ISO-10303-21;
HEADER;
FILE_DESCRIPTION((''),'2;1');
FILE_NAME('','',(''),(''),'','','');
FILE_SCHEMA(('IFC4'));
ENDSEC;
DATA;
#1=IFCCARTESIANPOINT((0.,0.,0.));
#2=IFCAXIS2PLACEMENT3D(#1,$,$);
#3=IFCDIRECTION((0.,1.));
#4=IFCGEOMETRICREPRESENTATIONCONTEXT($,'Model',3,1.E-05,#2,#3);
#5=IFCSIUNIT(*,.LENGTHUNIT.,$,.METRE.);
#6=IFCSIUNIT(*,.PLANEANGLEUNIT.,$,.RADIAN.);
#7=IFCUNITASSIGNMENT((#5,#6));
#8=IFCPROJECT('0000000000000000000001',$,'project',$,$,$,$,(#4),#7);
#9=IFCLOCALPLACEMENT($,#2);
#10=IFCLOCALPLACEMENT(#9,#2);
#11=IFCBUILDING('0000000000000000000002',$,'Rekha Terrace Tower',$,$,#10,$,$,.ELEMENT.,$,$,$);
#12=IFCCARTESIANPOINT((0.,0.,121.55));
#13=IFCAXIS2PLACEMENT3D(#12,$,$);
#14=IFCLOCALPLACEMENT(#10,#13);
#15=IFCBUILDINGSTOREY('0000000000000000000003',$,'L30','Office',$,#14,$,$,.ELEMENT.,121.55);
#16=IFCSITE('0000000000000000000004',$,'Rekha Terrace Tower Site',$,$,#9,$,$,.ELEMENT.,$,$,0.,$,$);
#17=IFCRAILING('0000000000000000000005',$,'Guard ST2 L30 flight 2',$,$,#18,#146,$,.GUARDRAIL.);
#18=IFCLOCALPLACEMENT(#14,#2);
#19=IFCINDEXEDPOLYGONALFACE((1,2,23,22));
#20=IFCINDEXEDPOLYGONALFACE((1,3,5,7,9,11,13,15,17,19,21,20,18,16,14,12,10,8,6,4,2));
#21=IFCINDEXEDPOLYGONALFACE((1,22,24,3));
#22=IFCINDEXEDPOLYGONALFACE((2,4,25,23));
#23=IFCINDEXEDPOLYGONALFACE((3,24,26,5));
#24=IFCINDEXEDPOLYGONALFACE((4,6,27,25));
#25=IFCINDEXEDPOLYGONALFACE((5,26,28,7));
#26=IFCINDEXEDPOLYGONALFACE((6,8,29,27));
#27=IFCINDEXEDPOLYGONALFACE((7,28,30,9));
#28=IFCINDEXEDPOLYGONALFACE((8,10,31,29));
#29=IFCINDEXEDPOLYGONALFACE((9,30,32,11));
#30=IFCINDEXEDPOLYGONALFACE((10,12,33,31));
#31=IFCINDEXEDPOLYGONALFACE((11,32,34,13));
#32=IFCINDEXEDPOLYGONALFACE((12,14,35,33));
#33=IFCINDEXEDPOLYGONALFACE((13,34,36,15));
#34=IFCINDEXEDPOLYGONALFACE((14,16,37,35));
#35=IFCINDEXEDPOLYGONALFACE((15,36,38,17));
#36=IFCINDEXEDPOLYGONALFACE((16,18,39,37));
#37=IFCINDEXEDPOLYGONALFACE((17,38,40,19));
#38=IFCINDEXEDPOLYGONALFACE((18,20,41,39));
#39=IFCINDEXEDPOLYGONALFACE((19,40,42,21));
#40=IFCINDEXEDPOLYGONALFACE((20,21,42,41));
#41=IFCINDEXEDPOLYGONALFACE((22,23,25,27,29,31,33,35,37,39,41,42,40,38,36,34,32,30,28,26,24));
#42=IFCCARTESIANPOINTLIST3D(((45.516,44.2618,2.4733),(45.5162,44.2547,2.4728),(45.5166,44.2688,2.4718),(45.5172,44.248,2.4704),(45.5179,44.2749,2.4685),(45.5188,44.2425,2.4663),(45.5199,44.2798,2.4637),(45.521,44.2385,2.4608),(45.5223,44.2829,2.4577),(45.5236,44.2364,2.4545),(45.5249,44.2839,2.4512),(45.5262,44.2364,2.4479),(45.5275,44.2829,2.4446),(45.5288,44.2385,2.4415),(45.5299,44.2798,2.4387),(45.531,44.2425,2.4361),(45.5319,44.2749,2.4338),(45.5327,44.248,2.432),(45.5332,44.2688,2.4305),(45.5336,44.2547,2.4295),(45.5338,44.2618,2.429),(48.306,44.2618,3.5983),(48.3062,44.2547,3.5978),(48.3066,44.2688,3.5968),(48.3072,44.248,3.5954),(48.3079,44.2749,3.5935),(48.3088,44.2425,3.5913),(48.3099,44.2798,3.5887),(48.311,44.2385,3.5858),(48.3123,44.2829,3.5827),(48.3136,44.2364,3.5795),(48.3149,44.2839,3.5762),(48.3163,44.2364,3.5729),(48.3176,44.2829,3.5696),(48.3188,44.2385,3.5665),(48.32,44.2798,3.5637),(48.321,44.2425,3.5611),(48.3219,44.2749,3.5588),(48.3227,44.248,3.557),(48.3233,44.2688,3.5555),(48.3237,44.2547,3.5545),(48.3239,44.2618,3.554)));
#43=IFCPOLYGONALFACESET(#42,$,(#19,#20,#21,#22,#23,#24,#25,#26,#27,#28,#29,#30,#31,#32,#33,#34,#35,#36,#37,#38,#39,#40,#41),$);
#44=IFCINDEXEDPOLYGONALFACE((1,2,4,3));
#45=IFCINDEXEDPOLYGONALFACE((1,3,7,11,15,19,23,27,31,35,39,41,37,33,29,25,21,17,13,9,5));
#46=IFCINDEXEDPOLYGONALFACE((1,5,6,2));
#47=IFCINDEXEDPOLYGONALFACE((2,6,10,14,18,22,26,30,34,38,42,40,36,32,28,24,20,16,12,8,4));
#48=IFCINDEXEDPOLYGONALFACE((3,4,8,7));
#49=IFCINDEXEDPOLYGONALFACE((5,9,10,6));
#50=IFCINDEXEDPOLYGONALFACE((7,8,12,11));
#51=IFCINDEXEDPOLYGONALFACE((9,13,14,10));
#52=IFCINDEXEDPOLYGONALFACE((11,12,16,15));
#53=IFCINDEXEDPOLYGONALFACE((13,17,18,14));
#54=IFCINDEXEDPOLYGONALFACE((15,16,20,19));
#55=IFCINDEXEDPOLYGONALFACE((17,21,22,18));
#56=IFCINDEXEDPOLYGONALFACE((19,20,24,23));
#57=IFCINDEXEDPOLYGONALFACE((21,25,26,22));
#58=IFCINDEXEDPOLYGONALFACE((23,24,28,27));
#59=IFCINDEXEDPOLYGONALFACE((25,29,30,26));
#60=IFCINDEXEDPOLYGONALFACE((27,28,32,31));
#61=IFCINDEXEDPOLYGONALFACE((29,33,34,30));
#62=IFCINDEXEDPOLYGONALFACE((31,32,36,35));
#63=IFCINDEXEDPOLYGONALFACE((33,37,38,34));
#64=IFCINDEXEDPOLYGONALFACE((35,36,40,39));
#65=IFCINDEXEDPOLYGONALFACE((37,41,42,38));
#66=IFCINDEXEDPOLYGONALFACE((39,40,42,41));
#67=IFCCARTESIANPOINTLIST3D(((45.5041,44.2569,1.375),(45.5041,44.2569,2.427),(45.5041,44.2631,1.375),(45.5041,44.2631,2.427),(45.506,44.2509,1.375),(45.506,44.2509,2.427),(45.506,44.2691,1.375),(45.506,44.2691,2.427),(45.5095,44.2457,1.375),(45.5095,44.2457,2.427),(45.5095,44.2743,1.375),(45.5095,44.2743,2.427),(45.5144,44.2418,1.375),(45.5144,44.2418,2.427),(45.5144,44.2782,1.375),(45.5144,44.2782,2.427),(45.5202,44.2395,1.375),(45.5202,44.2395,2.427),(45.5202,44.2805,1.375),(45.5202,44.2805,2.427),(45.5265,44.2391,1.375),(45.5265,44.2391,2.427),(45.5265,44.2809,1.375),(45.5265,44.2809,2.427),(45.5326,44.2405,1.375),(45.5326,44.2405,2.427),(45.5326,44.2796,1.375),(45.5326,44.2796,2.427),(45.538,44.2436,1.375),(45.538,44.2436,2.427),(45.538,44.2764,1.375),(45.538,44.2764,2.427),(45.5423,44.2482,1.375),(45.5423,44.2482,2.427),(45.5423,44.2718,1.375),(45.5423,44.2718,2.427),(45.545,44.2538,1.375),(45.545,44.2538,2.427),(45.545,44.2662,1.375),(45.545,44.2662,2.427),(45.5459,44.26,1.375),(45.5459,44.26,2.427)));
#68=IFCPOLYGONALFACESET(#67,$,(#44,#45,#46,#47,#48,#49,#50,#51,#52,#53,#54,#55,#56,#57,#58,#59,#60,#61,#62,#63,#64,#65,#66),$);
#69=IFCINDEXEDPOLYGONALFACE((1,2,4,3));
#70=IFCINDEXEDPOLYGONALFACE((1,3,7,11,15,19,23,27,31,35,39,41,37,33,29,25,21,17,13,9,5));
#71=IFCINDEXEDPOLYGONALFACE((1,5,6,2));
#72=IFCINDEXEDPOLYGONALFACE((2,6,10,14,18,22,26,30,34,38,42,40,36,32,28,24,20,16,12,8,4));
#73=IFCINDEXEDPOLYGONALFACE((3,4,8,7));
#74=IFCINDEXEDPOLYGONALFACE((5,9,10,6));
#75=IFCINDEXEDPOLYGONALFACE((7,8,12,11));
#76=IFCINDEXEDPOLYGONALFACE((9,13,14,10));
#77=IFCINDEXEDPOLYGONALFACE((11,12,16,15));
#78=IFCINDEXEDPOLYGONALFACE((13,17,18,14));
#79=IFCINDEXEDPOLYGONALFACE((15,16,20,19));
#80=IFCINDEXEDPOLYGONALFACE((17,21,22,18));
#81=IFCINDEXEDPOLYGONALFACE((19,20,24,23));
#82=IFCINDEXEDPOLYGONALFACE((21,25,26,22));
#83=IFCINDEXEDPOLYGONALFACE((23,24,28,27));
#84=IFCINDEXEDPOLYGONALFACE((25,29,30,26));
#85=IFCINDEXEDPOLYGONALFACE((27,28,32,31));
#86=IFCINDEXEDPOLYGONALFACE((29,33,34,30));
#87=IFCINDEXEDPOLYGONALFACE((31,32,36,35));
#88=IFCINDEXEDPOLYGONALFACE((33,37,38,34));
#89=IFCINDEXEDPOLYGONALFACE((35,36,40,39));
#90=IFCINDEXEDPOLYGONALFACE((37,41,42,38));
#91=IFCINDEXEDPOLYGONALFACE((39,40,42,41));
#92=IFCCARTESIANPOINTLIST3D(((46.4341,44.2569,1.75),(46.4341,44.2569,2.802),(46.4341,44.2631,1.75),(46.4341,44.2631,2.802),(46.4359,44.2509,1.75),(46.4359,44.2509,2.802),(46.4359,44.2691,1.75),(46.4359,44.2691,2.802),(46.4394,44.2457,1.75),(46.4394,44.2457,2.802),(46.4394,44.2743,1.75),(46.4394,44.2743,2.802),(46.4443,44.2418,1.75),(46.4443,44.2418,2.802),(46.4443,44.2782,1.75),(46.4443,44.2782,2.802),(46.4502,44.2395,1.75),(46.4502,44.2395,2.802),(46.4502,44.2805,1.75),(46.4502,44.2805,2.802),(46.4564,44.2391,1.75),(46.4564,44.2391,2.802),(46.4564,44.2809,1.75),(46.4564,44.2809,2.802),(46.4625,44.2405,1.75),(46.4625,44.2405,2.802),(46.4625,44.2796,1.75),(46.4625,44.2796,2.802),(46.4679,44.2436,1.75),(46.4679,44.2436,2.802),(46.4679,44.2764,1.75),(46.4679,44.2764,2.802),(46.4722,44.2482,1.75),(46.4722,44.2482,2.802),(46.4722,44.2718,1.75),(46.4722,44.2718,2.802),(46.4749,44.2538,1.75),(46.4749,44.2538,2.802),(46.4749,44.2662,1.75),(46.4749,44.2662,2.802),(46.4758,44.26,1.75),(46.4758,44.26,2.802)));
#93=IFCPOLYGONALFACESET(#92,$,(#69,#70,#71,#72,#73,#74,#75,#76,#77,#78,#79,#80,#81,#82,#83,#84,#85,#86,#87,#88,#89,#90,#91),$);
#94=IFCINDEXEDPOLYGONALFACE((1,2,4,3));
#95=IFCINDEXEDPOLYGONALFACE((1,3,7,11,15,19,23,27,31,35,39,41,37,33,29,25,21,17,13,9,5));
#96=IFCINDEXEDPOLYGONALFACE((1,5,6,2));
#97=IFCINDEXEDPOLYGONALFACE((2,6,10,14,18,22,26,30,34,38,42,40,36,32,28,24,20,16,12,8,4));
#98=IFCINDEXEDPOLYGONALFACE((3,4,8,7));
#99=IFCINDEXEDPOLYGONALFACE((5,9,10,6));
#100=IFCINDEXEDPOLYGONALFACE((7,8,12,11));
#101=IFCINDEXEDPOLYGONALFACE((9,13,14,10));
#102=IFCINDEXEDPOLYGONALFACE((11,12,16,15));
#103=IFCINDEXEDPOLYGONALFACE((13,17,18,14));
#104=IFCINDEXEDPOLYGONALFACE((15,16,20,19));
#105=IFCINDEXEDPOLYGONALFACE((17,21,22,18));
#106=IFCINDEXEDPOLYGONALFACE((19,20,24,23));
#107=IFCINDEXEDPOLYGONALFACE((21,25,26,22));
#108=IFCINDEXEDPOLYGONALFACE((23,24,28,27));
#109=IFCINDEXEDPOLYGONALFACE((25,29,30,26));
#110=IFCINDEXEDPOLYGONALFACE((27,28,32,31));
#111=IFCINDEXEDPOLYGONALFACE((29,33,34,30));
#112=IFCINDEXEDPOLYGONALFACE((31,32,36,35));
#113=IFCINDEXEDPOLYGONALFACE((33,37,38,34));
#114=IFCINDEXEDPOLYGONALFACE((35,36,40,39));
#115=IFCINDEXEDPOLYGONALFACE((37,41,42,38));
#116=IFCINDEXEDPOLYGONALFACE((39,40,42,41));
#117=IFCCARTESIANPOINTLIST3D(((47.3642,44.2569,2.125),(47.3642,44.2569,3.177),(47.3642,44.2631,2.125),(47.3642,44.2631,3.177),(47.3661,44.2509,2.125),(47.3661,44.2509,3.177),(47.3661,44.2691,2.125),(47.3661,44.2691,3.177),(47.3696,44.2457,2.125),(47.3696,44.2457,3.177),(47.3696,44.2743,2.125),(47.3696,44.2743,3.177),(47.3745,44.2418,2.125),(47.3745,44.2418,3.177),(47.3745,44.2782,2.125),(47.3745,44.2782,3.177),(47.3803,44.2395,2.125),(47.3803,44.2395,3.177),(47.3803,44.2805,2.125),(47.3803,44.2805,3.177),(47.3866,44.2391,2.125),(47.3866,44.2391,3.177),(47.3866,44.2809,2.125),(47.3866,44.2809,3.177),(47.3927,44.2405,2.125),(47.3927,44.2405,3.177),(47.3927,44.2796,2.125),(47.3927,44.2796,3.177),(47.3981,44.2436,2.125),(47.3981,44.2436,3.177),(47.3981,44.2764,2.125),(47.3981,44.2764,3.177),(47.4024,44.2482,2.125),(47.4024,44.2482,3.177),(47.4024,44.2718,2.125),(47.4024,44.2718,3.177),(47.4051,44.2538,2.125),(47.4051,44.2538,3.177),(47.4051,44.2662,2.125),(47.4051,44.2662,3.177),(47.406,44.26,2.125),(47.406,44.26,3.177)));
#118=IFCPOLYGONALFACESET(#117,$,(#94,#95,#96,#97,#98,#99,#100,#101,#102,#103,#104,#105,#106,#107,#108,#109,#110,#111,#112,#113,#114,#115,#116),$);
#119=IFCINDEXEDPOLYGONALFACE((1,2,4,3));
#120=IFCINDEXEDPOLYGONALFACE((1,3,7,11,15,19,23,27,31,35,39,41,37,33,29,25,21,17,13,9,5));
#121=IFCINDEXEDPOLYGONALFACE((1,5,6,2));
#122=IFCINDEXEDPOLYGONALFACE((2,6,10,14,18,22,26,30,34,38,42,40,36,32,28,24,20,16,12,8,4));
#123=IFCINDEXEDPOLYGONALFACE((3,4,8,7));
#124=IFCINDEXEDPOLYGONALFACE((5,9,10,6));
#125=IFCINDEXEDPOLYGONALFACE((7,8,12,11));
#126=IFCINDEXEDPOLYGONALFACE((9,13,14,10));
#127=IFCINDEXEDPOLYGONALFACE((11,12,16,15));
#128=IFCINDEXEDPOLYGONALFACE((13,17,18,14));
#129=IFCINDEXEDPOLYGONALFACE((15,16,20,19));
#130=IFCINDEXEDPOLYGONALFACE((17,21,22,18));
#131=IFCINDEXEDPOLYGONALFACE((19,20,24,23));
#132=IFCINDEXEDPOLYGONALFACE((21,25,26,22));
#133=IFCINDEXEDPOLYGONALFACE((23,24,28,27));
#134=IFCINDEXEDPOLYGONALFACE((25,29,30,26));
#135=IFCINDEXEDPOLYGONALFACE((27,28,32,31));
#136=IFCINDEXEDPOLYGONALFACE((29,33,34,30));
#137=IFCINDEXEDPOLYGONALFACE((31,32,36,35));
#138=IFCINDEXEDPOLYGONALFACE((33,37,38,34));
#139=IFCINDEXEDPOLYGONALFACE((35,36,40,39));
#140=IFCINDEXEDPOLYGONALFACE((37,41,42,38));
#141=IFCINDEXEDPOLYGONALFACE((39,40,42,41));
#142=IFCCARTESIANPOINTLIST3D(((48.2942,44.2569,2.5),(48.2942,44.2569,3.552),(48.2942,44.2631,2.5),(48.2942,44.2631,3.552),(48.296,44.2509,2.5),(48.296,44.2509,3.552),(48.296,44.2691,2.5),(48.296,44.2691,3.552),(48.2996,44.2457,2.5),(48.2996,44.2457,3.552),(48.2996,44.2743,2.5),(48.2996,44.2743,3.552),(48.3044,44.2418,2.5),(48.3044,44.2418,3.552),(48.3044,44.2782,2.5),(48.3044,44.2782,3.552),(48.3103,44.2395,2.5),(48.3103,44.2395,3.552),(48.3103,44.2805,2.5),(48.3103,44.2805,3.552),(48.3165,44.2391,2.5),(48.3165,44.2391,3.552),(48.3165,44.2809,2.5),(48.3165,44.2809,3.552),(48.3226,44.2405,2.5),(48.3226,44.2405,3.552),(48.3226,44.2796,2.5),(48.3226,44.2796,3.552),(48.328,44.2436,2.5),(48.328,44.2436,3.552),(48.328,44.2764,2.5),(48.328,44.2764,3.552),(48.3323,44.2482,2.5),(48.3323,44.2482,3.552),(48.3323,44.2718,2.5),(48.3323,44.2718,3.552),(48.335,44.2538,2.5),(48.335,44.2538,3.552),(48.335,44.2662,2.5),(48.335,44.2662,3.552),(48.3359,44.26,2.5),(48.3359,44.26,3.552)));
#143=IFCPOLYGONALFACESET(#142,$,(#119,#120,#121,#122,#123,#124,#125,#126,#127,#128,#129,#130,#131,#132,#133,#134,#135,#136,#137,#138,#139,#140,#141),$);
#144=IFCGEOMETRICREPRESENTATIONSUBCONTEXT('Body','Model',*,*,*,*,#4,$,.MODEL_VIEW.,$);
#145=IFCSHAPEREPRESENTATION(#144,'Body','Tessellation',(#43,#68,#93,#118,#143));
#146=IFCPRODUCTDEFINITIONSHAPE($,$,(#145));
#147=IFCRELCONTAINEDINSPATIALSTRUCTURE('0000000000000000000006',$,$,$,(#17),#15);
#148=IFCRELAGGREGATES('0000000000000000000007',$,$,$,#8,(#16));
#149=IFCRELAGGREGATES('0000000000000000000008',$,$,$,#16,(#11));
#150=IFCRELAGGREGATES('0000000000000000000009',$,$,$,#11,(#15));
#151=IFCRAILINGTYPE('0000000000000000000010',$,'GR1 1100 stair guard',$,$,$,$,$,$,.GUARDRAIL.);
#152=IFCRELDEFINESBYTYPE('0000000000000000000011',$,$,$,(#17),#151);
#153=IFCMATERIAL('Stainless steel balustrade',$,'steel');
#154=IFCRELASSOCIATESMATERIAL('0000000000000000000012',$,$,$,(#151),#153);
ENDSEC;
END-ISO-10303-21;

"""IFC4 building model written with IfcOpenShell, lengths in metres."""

from ifc_helpers import new_model, si_unit, direction, frame, origin, origin_2d, place, context, subcontext, project, spatial, circle, extrude, material, type_object, element, save


model = new_model("IFC4")

# Units and contexts
model_context = context("Model", 3, precision=1e-05, world=origin(), true_north=direction((0.0, 1.0)))
body_context = subcontext(model_context, "Body", "Model", "MODEL_VIEW")
ifc_project = project(units=[si_unit("LENGTHUNIT", "METRE"), si_unit("PLANEANGLEUNIT", "RADIAN")], contexts=[model_context])

# Site, building, storey
site_placement = place(None, origin())
site = spatial("IfcSite", under=ifc_project, at=site_placement, Name="Rekha Terrace Tower Site", CompositionType="ELEMENT", RefElevation=0.0)
building_placement = place(site_placement, origin())
building = spatial("IfcBuilding", under=site, at=building_placement, Name="Rekha Terrace Tower", CompositionType="ELEMENT")
storey_placement = place(building_placement, frame((0.0, 0.0, 121.55)))
storey = spatial("IfcBuildingStorey", under=building, at=storey_placement, Name="L30", Description="Office", CompositionType="ELEMENT", Elevation=121.55)

# Railing
ifc_material_1 = material(Name="Stainless steel balustrade", Category="steel")
railing_type_1 = type_object("IfcRailingType", Name="GR1 1100 stair guard", PredefinedType="GUARDRAIL", material=ifc_material_1)
railing_1_placement = place(storey_placement, frame((45.5249, 44.26, 1.375)))
element("IfcRailing", 1, at=railing_1_placement, inside=storey, type_object=railing_type_1, Name="Guard ST2 L30 flight 2", PredefinedType="GUARDRAIL", context=body_context, shape_type="SweptSolid", body=[
    extrude(circle(Radius=0.0239, at=origin_2d()), frame((0.0, 0.0, 1.0762), z_axis=(0.927443, 0.0, 0.373964), x_axis=(0.0, 1.0, 0.0)), (0.0, 0.0, 1.0), 3.0083),
    extrude(circle(Radius=0.021, at=origin_2d()), origin(), (0.0, 0.0, 1.0), 1.052),
    extrude(circle(Radius=0.021, at=origin_2d()), frame((0.9299, 0.0, 0.375)), (0.0, 0.0, 1.0), 1.052),
    extrude(circle(Radius=0.021, at=origin_2d()), frame((1.8601, 0.0, 0.75)), (0.0, 0.0, 1.0), 1.052),
    extrude(circle(Radius=0.021, at=origin_2d()), frame((2.79, 0.0, 1.125)), (0.0, 0.0, 1.0), 1.052),
])

save(model, "model.ifc")
